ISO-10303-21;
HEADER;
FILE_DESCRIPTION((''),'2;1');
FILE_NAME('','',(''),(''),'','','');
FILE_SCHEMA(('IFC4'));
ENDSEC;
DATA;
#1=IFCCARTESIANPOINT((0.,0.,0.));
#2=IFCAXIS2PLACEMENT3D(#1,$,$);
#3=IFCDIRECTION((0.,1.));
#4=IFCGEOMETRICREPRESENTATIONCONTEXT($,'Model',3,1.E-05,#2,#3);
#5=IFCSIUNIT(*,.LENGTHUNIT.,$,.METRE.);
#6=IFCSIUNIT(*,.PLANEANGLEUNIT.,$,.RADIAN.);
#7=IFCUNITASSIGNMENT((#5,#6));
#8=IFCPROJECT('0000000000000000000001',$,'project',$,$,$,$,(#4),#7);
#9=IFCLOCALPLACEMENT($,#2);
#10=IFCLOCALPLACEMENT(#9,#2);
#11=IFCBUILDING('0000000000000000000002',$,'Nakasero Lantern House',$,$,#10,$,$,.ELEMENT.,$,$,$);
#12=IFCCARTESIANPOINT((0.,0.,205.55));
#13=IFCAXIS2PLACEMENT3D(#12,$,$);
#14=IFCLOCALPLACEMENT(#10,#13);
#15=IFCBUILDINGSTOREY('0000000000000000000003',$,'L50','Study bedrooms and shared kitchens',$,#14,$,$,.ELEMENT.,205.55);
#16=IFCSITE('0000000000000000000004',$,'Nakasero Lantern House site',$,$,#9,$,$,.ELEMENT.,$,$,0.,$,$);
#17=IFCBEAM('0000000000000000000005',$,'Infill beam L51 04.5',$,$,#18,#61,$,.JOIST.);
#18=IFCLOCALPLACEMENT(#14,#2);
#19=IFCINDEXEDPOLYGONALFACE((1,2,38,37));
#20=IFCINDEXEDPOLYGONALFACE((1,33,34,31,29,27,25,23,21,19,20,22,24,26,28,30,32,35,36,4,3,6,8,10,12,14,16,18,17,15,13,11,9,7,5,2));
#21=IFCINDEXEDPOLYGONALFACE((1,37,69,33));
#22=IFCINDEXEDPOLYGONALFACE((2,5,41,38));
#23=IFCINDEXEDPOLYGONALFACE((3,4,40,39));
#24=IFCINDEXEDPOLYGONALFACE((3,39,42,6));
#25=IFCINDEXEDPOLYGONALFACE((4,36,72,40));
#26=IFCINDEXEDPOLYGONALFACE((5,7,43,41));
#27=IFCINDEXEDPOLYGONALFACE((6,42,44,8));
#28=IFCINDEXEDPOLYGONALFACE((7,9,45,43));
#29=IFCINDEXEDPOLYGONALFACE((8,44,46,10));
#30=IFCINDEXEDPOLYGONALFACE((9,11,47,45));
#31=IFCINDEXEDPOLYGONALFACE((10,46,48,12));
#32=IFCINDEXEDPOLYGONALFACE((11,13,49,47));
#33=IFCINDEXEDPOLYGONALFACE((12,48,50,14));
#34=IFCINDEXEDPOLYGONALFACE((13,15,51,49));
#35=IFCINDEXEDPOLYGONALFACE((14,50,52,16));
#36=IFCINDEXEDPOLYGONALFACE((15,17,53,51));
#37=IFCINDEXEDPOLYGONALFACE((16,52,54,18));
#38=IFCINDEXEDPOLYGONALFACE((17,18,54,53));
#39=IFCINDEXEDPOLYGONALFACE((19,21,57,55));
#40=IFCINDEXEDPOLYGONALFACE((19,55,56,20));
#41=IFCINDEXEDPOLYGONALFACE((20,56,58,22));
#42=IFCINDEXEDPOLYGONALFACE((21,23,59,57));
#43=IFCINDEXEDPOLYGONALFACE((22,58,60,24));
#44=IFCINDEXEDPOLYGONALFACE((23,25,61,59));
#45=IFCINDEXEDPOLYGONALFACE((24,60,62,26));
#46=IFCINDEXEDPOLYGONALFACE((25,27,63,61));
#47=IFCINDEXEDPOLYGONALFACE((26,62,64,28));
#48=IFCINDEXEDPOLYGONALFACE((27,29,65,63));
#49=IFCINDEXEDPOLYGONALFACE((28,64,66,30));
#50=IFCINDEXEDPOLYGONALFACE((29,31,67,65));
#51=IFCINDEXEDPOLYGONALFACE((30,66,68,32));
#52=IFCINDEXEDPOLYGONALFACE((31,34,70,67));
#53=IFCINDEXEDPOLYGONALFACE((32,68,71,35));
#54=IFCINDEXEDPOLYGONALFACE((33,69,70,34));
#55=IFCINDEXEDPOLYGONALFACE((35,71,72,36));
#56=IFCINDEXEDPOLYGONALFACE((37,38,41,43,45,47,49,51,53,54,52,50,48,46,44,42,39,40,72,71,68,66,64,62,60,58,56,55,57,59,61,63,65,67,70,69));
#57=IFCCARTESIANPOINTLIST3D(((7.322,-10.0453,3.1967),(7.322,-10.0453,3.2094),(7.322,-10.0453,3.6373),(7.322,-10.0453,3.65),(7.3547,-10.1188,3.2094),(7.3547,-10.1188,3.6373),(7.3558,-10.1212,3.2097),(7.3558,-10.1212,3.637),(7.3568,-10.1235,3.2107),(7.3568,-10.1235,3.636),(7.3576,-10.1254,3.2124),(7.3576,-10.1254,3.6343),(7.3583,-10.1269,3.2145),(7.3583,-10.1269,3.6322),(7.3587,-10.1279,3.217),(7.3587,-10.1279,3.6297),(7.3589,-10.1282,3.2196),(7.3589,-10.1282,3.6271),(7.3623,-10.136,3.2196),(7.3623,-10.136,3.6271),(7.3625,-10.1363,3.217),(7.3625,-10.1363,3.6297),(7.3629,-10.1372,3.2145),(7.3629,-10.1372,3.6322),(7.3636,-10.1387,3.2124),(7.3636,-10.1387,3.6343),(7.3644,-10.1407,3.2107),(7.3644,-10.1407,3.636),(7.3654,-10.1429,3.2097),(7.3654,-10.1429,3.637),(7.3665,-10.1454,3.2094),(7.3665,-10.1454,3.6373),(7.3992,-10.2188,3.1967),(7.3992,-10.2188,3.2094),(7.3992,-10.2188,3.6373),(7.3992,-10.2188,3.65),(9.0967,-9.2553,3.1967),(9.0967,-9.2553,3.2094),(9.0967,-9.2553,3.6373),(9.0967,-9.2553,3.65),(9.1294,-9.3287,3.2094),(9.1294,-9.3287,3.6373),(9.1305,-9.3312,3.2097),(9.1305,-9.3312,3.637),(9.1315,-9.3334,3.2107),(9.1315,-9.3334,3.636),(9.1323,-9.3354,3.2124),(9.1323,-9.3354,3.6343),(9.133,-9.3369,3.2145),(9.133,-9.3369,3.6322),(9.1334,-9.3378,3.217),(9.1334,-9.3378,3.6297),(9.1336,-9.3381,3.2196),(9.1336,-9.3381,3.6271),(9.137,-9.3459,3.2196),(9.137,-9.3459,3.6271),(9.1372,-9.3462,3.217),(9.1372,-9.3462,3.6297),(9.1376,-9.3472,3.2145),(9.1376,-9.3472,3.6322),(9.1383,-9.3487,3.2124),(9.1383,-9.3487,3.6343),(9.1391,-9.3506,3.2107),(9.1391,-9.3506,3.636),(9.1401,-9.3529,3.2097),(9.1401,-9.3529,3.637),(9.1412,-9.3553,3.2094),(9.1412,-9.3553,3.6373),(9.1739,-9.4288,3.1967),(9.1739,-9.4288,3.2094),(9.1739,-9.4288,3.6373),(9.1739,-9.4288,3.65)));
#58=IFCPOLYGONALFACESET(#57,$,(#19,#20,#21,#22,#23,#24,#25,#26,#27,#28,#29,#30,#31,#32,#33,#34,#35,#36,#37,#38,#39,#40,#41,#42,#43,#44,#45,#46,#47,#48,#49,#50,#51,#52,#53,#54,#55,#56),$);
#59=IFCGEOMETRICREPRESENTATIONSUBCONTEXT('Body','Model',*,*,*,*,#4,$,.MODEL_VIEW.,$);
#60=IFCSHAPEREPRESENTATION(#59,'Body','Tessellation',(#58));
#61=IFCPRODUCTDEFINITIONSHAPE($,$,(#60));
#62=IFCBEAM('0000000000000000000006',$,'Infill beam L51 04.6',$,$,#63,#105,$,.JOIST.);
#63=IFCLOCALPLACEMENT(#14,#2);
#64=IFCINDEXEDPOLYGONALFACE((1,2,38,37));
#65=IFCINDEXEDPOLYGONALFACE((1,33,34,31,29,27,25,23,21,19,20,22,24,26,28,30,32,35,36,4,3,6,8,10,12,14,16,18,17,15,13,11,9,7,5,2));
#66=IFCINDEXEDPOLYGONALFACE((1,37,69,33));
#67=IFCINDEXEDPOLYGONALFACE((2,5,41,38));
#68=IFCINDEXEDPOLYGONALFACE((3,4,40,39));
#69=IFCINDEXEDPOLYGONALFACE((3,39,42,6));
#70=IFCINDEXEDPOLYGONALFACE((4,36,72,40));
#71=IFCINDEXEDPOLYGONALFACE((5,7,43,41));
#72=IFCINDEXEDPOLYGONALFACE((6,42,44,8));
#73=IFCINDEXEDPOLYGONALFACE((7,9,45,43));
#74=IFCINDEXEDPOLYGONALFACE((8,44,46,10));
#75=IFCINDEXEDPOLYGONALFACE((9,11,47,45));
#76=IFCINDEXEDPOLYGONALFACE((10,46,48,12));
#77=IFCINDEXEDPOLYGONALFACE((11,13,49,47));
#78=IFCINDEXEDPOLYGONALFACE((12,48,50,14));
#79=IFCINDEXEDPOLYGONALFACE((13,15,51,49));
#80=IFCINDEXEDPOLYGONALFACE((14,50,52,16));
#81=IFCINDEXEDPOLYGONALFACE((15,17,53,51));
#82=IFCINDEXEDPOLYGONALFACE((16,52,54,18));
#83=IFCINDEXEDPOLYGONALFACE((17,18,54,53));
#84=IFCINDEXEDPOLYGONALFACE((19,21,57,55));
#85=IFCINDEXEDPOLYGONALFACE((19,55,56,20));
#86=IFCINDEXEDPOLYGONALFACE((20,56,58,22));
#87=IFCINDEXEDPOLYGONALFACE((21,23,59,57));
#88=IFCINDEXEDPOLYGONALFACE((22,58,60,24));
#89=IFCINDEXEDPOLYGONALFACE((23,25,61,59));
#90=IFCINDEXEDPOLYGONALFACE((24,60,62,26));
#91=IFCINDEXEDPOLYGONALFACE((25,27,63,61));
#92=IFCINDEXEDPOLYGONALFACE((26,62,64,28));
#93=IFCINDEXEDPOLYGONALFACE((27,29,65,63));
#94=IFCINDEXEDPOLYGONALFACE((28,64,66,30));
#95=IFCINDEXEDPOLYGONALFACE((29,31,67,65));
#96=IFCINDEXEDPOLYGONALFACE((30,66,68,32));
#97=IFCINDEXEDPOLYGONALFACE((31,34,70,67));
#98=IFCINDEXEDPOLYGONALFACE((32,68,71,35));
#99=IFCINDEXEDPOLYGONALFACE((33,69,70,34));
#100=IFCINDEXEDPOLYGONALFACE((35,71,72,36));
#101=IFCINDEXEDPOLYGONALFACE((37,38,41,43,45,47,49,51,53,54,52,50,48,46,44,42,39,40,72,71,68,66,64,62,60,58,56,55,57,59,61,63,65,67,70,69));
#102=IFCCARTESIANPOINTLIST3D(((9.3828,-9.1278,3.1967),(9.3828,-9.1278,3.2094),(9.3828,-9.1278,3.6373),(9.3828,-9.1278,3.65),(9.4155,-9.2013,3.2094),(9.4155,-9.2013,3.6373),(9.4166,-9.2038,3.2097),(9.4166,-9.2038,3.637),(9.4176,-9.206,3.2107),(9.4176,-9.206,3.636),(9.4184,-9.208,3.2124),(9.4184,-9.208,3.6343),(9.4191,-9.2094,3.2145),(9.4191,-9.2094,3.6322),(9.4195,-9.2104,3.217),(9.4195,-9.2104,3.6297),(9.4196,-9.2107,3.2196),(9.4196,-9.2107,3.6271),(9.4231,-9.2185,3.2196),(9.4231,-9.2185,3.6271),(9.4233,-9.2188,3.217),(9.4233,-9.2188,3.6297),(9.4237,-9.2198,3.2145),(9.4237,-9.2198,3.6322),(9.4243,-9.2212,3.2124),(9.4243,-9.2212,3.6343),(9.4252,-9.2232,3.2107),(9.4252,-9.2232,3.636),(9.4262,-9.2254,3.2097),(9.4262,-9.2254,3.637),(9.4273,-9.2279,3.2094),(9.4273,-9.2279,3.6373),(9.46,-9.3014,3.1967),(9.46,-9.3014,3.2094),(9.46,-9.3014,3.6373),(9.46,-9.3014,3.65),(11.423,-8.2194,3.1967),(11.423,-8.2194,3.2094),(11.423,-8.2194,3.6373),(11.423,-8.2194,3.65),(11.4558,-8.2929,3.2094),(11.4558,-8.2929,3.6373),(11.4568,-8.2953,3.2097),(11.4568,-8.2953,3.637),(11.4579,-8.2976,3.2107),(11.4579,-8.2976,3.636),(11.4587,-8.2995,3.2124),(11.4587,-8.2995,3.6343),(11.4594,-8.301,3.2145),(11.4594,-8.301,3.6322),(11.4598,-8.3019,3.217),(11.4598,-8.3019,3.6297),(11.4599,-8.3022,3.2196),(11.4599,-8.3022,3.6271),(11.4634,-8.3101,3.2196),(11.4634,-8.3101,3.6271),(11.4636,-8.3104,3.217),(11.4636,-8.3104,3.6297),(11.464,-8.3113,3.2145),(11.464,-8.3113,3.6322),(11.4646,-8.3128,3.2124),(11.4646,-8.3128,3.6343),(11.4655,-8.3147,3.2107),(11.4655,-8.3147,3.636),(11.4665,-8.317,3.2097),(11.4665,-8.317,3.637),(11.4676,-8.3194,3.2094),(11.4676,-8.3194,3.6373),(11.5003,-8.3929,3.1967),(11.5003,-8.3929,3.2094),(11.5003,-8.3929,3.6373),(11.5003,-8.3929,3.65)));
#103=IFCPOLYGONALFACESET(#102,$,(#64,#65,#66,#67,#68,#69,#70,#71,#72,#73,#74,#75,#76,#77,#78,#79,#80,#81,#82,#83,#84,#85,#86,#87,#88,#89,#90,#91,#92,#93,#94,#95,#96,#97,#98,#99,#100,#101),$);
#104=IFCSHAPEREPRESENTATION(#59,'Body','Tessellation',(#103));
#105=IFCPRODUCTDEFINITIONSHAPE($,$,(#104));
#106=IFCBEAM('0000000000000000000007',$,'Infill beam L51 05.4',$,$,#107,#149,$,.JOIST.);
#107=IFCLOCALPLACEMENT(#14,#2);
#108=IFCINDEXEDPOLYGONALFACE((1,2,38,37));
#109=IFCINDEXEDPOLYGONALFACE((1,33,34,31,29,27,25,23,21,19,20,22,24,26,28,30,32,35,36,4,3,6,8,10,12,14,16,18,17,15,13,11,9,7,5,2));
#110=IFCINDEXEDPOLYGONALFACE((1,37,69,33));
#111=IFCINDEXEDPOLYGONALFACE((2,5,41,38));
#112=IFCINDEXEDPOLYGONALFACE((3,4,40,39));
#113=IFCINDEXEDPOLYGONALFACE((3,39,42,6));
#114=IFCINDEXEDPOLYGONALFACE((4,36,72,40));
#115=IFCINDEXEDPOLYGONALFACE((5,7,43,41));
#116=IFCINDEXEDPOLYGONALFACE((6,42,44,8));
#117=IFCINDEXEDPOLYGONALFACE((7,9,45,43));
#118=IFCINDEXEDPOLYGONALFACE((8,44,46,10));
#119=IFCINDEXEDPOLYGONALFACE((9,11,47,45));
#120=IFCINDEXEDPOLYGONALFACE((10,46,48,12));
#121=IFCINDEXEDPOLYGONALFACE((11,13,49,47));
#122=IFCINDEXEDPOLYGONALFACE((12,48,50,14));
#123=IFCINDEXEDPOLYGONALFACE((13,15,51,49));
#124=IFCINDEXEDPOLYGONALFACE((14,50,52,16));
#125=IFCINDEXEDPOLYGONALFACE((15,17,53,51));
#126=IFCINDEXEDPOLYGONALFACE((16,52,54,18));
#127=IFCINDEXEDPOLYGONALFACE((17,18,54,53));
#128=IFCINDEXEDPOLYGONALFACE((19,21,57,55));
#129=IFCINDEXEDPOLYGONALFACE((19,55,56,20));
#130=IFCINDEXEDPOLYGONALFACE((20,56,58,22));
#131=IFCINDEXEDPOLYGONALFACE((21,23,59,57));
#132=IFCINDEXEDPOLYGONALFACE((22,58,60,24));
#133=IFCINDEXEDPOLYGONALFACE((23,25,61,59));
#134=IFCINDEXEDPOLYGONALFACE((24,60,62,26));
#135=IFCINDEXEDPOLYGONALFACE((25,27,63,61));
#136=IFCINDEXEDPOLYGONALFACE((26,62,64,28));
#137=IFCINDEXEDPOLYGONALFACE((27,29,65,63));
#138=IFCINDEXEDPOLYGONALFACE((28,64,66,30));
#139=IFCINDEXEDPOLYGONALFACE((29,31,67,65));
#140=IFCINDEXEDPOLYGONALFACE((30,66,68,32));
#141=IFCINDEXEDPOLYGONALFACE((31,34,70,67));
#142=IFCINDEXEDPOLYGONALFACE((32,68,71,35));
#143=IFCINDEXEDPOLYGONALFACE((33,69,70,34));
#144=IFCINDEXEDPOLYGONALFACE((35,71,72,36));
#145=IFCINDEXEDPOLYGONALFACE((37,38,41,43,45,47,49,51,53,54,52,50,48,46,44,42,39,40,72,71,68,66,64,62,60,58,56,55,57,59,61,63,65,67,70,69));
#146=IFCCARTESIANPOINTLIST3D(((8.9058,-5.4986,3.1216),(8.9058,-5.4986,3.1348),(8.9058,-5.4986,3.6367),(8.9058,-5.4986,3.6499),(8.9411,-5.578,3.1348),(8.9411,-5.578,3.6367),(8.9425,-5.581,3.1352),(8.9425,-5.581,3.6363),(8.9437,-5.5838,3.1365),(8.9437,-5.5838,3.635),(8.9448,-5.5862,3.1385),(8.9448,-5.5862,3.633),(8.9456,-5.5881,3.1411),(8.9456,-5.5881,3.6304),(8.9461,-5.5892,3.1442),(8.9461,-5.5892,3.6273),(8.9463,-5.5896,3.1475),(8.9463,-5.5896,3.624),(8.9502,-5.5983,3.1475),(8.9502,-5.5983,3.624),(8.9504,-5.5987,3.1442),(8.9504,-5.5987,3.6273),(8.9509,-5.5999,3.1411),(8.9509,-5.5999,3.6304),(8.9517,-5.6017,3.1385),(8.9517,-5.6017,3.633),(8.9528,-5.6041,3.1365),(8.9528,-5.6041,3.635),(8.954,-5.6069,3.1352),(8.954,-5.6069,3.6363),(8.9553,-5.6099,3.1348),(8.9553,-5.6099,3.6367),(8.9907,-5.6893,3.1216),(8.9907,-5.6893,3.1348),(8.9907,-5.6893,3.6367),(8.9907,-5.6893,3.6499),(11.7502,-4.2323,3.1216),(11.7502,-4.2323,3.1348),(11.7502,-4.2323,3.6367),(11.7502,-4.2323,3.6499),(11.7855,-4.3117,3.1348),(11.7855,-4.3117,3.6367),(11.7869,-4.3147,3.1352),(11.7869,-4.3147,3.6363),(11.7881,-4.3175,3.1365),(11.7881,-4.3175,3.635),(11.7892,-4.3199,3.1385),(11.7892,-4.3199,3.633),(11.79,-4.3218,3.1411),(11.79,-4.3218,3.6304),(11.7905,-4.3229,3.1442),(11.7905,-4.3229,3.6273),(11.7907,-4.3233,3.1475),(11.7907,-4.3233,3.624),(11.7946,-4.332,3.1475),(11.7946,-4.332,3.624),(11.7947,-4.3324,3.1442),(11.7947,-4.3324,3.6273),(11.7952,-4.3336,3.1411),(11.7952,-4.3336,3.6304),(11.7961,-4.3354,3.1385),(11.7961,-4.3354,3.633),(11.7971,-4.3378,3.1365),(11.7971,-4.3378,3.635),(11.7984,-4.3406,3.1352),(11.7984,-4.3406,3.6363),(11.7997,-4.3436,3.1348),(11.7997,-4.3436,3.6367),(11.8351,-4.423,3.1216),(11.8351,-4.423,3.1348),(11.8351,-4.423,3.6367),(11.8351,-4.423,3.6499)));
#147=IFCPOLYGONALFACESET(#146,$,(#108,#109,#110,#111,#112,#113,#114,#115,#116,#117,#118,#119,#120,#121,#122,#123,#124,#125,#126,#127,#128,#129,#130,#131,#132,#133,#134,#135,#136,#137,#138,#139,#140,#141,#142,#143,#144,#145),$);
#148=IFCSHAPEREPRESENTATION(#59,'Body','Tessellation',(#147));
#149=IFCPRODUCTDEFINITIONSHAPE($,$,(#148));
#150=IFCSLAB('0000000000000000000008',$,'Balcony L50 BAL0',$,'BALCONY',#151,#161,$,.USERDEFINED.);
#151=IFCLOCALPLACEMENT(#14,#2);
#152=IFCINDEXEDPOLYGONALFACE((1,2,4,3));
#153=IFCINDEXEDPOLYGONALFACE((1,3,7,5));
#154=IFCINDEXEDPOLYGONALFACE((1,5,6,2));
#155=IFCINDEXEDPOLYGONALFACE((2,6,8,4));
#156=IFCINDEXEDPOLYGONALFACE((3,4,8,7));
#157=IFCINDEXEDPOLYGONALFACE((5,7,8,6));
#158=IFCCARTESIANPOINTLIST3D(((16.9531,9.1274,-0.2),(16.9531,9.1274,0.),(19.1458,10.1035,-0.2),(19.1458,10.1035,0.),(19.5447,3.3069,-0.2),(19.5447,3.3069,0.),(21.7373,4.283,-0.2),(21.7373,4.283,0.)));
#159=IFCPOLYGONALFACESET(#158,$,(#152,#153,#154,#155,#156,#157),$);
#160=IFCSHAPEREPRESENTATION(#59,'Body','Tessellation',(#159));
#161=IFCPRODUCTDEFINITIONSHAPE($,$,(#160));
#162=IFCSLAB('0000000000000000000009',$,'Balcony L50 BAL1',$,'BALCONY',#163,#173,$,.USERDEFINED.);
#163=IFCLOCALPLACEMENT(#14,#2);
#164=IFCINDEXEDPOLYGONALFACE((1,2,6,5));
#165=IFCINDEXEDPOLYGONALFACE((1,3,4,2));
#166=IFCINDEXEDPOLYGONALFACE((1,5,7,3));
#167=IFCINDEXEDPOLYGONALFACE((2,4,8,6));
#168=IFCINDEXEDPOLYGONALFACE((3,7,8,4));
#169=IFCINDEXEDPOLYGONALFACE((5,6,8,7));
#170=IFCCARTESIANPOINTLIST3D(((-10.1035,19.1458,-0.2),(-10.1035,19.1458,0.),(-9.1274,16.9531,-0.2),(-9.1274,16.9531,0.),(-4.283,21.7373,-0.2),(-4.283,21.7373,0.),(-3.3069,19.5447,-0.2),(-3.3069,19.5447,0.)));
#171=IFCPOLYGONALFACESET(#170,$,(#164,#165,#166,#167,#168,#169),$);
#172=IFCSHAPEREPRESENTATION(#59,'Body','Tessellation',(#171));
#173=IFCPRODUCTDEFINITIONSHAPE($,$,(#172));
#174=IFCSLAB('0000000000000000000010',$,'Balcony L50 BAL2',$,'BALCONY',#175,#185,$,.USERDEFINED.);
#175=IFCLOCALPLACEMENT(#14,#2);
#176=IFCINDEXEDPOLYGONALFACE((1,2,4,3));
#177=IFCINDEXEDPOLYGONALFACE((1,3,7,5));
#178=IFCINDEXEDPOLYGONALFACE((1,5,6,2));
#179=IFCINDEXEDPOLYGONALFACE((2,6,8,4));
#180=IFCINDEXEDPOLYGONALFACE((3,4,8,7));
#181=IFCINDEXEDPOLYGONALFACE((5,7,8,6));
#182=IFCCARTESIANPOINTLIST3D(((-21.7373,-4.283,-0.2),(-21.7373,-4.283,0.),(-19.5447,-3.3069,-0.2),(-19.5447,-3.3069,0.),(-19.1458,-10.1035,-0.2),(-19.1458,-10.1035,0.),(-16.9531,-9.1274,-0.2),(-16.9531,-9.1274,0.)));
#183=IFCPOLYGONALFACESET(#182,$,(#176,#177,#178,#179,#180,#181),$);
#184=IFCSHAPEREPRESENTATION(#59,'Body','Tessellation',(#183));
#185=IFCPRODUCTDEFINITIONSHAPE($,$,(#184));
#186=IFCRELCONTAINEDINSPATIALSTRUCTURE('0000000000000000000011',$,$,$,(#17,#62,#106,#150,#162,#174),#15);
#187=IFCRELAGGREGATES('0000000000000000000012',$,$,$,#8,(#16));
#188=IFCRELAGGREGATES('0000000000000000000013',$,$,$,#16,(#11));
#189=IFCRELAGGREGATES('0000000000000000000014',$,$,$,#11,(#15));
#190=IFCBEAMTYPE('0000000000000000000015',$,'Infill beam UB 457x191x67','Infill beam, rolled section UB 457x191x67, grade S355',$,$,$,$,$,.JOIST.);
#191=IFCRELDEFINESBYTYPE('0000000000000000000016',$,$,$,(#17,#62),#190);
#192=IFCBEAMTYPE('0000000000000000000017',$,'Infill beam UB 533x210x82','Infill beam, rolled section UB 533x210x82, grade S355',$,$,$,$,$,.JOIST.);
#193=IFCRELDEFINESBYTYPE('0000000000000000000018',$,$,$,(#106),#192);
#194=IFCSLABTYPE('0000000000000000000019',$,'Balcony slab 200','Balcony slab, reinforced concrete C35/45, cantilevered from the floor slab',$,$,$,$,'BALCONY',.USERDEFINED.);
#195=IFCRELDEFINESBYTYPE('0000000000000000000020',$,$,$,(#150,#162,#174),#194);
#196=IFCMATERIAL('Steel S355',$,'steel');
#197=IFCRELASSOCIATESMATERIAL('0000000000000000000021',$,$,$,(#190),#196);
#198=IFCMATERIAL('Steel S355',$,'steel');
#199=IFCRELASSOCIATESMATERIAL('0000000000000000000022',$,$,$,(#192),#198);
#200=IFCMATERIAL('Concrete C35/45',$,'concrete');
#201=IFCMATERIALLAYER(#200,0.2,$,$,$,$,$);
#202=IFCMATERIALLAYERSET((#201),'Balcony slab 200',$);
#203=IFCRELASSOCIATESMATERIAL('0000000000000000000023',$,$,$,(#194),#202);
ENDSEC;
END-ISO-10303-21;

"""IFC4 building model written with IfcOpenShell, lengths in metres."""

from ifc_helpers import new_model, si_unit, direction, frame, origin, origin_2d, place, context, subcontext, project, spatial, polyline, i_section, outline, extrude, material, layer, layer_set, material_profile, profile_set, type_object, element, save


model = new_model("IFC4")

# Units and contexts
model_context = context("Model", 3, precision=1e-05, world=origin(), true_north=direction((0.0, 1.0)))
body_context = subcontext(model_context, "Body", "Model", "MODEL_VIEW")
ifc_project = project(units=[si_unit("LENGTHUNIT", "METRE"), si_unit("PLANEANGLEUNIT", "RADIAN")], contexts=[model_context])

# Site, building, storey
site_placement = place(None, origin())
site = spatial("IfcSite", under=ifc_project, at=site_placement, Name="Nakasero Lantern House site", CompositionType="ELEMENT", RefElevation=0.0)
building_placement = place(site_placement, origin())
building = spatial("IfcBuilding", under=site, at=building_placement, Name="Nakasero Lantern House", CompositionType="ELEMENT")
storey_placement = place(building_placement, frame((0.0, 0.0, 205.55)))
storey = spatial("IfcBuildingStorey", under=building, at=storey_placement, Name="L50", Description="Study bedrooms and shared kitchens", CompositionType="ELEMENT", Elevation=205.55)

# Beams
ifc_material_1 = material(Name="Steel S355", Category="steel")
ifc_material_profile_1 = material_profile(ifc_material_1, i_section(OverallWidth=0.1899, OverallDepth=0.4534, WebThickness=0.0085, FlangeThickness=0.0127, FilletRadius=0.0103, at=origin_2d()), Name="UB 457x191x67")
ifc_profile_set_1 = profile_set([ifc_material_profile_1], Name="Steel S355")
beam_type_1 = type_object("IfcBeamType", Name="Infill beam UB 457x191x67", Description="Infill beam, rolled section UB 457x191x67, grade S355", PredefinedType="JOIST", material=ifc_profile_set_1)
beam_1_placement = place(storey_placement, frame((7.3606, -10.1321, 3.4233), z_axis=(0.913563, 0.406698, 0.0), x_axis=(-0.406698, 0.913563, 0.0)))
element("IfcBeam", 1, at=beam_1_placement, inside=storey, type_object=beam_type_1, Name="Infill beam L51 04.5", PredefinedType="JOIST", context=body_context, shape_type="SweptSolid", body=[
    extrude(i_section(OverallWidth=0.1899, OverallDepth=0.4534, WebThickness=0.0085, FlangeThickness=0.0127, FilletRadius=0.0103, at=origin_2d()), origin(), (0.0, 0.0, 1.0), 1.9426),
])
beam_2_placement = place(storey_placement, frame((9.4214, -9.2146, 3.4233), z_axis=(0.913536, 0.406757, 0.0), x_axis=(-0.406757, 0.913536, 0.0)))
element("IfcBeam", 2, at=beam_2_placement, inside=storey, type_object=beam_type_1, Name="Infill beam L51 04.6", PredefinedType="JOIST", context=body_context, shape_type="SweptSolid", body=[
    extrude(i_section(OverallWidth=0.1899, OverallDepth=0.4534, WebThickness=0.0085, FlangeThickness=0.0127, FilletRadius=0.0103, at=origin_2d()), origin(), (0.0, 0.0, 1.0), 2.2334),
])
ifc_material_2 = material(Name="Steel S355", Category="steel")
ifc_material_profile_2 = material_profile(ifc_material_2, i_section(OverallWidth=0.2087, OverallDepth=0.5283, WebThickness=0.0095, FlangeThickness=0.0132, FilletRadius=0.0127, at=origin_2d()), Name="UB 533x210x82")
ifc_profile_set_2 = profile_set([ifc_material_profile_2], Name="Steel S355")
beam_type_2 = type_object("IfcBeamType", Name="Infill beam UB 533x210x82", Description="Infill beam, rolled section UB 533x210x82, grade S355", PredefinedType="JOIST", material=ifc_profile_set_2)
beam_3_placement = place(storey_placement, frame((8.9482, -5.594, 3.3857), z_axis=(0.913556, 0.406713, 0.0), x_axis=(-0.406713, 0.913556, 0.0)))
element("IfcBeam", 3, at=beam_3_placement, inside=storey, type_object=beam_type_2, Name="Infill beam L51 05.4", PredefinedType="JOIST", context=body_context, shape_type="SweptSolid", body=[
    extrude(i_section(OverallWidth=0.2087, OverallDepth=0.5283, WebThickness=0.0095, FlangeThickness=0.0132, FilletRadius=0.0127, at=origin_2d()), origin(), (0.0, 0.0, 1.0), 3.1135),
])

# Slabs
ifc_material_3 = material(Name="Concrete C35/45", Category="concrete")
ifc_layer_1 = layer(ifc_material_3, 0.2)
ifc_layer_set_1 = layer_set([ifc_layer_1], Name="Balcony slab 200")
slab_type_1 = type_object("IfcSlabType", Name="Balcony slab 200", Description="Balcony slab, reinforced concrete C35/45, cantilevered from the floor slab", ElementType="BALCONY", PredefinedType="USERDEFINED", material=ifc_layer_set_1)
slab_1_placement = place(storey_placement, frame((0.0, 0.0, -0.2)))
element("IfcSlab", 4, at=slab_1_placement, inside=storey, type_object=slab_type_1, Name="Balcony L50 BAL0", ObjectType="BALCONY", PredefinedType="USERDEFINED", context=body_context, shape_type="SweptSolid", body=[
    extrude(outline(polyline([(19.5447, 3.3069), (21.7373, 4.283), (19.1458, 10.1035), (16.9531, 9.1274), (19.5447, 3.3069)])), origin(), (0.0, 0.0, 1.0), 0.2),
])
slab_2_placement = place(storey_placement, frame((0.0, 0.0, -0.2)))
element("IfcSlab", 5, at=slab_2_placement, inside=storey, type_object=slab_type_1, Name="Balcony L50 BAL1", ObjectType="BALCONY", PredefinedType="USERDEFINED", context=body_context, shape_type="SweptSolid", body=[
    extrude(outline(polyline([(-3.3069, 19.5447), (-4.283, 21.7373), (-10.1035, 19.1458), (-9.1274, 16.9531), (-3.3069, 19.5447)])), origin(), (0.0, 0.0, 1.0), 0.2),
])
slab_3_placement = place(storey_placement, frame((0.0, 0.0, -0.2)))
element("IfcSlab", 6, at=slab_3_placement, inside=storey, type_object=slab_type_1, Name="Balcony L50 BAL2", ObjectType="BALCONY", PredefinedType="USERDEFINED", context=body_context, shape_type="SweptSolid", body=[
    extrude(outline(polyline([(-19.5447, -3.3069), (-21.7373, -4.283), (-19.1458, -10.1035), (-16.9531, -9.1274), (-19.5447, -3.3069)])), origin(), (0.0, 0.0, 1.0), 0.2),
])

save(model, "model.ifc")
